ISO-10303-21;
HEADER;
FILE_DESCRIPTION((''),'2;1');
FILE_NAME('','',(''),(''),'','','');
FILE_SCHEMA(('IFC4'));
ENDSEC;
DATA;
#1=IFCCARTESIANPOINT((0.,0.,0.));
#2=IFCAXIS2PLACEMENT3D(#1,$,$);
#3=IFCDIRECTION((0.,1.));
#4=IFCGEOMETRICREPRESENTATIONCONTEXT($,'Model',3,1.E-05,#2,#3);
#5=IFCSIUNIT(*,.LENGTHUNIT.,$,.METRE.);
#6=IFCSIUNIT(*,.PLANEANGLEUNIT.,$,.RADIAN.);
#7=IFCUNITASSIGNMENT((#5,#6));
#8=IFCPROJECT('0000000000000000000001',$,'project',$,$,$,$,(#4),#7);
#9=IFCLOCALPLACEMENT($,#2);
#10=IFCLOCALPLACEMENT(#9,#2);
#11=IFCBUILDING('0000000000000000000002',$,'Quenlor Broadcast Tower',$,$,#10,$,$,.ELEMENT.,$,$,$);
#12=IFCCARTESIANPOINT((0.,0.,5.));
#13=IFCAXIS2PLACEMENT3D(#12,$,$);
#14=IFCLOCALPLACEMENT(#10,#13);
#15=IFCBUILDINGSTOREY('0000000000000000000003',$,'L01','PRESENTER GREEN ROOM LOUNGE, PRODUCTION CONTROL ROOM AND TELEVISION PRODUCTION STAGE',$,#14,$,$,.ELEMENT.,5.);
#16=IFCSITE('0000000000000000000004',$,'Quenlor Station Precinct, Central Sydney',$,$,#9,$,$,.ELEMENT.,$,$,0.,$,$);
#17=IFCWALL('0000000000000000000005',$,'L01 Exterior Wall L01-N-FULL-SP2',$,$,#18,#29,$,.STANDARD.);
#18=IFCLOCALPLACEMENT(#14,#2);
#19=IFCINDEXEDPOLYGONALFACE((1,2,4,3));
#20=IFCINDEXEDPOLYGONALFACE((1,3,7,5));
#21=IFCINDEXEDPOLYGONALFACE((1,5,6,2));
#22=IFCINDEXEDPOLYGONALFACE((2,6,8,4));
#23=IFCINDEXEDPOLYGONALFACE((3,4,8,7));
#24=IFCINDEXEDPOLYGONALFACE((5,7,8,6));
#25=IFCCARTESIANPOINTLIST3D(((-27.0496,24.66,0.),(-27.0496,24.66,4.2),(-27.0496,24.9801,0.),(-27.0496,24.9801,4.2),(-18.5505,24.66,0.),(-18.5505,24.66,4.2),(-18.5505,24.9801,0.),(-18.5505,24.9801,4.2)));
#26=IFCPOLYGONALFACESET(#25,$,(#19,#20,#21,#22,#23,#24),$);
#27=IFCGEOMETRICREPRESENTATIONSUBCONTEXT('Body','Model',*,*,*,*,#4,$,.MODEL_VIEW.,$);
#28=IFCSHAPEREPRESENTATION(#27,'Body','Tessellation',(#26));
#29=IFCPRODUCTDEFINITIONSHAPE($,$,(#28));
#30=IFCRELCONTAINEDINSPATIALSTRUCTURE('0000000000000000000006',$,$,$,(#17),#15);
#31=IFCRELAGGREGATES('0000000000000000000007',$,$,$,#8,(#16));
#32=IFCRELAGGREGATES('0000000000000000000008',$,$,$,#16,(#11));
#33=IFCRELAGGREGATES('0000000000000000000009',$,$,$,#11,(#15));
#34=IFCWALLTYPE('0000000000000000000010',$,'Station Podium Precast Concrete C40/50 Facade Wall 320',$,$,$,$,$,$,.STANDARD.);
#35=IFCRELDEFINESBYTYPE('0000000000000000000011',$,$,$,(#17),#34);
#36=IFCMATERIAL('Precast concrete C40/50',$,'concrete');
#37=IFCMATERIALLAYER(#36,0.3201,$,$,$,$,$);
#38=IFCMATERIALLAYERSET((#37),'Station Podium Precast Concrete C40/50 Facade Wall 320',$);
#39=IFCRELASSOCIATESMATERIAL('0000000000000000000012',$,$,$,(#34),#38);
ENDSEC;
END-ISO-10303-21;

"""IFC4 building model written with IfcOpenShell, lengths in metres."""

from ifc_helpers import new_model, si_unit, direction, frame, frame_2d, origin, place, context, subcontext, project, spatial, rectangle, extrude, material, layer, layer_set, type_object, element, save


model = new_model("IFC4")

# Units and contexts
model_context = context("Model", 3, precision=1e-05, world=origin(), true_north=direction((0.0, 1.0)))
body_context = subcontext(model_context, "Body", "Model", "MODEL_VIEW")
ifc_project = project(units=[si_unit("LENGTHUNIT", "METRE"), si_unit("PLANEANGLEUNIT", "RADIAN")], contexts=[model_context])

# Site, building, storey
site_placement = place(None, origin())
site = spatial("IfcSite", under=ifc_project, at=site_placement, Name="Quenlor Station Precinct, Central Sydney", CompositionType="ELEMENT", RefElevation=0.0)
building_placement = place(site_placement, origin())
building = spatial("IfcBuilding", under=site, at=building_placement, Name="Quenlor Broadcast Tower", CompositionType="ELEMENT")
storey_placement = place(building_placement, frame((0.0, 0.0, 5.0)))
storey = spatial("IfcBuildingStorey", under=building, at=storey_placement, Name="L01", Description="PRESENTER GREEN ROOM LOUNGE, PRODUCTION CONTROL ROOM AND TELEVISION PRODUCTION STAGE", CompositionType="ELEMENT", Elevation=5.0)

# Wall
ifc_material_1 = material(Name="Precast concrete C40/50", Category="concrete")
ifc_layer = layer(ifc_material_1, 0.3201)
ifc_layer_set = layer_set([ifc_layer], Name="Station Podium Precast Concrete C40/50 Facade Wall 320")
wall_type = type_object("IfcWallType", Name="Station Podium Precast Concrete C40/50 Facade Wall 320", PredefinedType="STANDARD", material=ifc_layer_set)
wall_placement = place(storey_placement, frame((-27.0496, 24.8201, 0.0), z_axis=(0.0, 0.0, 1.0), x_axis=(1.0, 0.0, 0.0)))
element("IfcWall", 1, at=wall_placement, inside=storey, type_object=wall_type, Name="L01 Exterior Wall L01-N-FULL-SP2", PredefinedType="STANDARD", context=body_context, shape_type="SweptSolid", body=[
    extrude(rectangle(XDim=8.499, YDim=0.3201, at=frame_2d((4.2495, 0.0))), origin(), (0.0, 0.0, 1.0), 4.2),
])

save(model, "model.ifc")
